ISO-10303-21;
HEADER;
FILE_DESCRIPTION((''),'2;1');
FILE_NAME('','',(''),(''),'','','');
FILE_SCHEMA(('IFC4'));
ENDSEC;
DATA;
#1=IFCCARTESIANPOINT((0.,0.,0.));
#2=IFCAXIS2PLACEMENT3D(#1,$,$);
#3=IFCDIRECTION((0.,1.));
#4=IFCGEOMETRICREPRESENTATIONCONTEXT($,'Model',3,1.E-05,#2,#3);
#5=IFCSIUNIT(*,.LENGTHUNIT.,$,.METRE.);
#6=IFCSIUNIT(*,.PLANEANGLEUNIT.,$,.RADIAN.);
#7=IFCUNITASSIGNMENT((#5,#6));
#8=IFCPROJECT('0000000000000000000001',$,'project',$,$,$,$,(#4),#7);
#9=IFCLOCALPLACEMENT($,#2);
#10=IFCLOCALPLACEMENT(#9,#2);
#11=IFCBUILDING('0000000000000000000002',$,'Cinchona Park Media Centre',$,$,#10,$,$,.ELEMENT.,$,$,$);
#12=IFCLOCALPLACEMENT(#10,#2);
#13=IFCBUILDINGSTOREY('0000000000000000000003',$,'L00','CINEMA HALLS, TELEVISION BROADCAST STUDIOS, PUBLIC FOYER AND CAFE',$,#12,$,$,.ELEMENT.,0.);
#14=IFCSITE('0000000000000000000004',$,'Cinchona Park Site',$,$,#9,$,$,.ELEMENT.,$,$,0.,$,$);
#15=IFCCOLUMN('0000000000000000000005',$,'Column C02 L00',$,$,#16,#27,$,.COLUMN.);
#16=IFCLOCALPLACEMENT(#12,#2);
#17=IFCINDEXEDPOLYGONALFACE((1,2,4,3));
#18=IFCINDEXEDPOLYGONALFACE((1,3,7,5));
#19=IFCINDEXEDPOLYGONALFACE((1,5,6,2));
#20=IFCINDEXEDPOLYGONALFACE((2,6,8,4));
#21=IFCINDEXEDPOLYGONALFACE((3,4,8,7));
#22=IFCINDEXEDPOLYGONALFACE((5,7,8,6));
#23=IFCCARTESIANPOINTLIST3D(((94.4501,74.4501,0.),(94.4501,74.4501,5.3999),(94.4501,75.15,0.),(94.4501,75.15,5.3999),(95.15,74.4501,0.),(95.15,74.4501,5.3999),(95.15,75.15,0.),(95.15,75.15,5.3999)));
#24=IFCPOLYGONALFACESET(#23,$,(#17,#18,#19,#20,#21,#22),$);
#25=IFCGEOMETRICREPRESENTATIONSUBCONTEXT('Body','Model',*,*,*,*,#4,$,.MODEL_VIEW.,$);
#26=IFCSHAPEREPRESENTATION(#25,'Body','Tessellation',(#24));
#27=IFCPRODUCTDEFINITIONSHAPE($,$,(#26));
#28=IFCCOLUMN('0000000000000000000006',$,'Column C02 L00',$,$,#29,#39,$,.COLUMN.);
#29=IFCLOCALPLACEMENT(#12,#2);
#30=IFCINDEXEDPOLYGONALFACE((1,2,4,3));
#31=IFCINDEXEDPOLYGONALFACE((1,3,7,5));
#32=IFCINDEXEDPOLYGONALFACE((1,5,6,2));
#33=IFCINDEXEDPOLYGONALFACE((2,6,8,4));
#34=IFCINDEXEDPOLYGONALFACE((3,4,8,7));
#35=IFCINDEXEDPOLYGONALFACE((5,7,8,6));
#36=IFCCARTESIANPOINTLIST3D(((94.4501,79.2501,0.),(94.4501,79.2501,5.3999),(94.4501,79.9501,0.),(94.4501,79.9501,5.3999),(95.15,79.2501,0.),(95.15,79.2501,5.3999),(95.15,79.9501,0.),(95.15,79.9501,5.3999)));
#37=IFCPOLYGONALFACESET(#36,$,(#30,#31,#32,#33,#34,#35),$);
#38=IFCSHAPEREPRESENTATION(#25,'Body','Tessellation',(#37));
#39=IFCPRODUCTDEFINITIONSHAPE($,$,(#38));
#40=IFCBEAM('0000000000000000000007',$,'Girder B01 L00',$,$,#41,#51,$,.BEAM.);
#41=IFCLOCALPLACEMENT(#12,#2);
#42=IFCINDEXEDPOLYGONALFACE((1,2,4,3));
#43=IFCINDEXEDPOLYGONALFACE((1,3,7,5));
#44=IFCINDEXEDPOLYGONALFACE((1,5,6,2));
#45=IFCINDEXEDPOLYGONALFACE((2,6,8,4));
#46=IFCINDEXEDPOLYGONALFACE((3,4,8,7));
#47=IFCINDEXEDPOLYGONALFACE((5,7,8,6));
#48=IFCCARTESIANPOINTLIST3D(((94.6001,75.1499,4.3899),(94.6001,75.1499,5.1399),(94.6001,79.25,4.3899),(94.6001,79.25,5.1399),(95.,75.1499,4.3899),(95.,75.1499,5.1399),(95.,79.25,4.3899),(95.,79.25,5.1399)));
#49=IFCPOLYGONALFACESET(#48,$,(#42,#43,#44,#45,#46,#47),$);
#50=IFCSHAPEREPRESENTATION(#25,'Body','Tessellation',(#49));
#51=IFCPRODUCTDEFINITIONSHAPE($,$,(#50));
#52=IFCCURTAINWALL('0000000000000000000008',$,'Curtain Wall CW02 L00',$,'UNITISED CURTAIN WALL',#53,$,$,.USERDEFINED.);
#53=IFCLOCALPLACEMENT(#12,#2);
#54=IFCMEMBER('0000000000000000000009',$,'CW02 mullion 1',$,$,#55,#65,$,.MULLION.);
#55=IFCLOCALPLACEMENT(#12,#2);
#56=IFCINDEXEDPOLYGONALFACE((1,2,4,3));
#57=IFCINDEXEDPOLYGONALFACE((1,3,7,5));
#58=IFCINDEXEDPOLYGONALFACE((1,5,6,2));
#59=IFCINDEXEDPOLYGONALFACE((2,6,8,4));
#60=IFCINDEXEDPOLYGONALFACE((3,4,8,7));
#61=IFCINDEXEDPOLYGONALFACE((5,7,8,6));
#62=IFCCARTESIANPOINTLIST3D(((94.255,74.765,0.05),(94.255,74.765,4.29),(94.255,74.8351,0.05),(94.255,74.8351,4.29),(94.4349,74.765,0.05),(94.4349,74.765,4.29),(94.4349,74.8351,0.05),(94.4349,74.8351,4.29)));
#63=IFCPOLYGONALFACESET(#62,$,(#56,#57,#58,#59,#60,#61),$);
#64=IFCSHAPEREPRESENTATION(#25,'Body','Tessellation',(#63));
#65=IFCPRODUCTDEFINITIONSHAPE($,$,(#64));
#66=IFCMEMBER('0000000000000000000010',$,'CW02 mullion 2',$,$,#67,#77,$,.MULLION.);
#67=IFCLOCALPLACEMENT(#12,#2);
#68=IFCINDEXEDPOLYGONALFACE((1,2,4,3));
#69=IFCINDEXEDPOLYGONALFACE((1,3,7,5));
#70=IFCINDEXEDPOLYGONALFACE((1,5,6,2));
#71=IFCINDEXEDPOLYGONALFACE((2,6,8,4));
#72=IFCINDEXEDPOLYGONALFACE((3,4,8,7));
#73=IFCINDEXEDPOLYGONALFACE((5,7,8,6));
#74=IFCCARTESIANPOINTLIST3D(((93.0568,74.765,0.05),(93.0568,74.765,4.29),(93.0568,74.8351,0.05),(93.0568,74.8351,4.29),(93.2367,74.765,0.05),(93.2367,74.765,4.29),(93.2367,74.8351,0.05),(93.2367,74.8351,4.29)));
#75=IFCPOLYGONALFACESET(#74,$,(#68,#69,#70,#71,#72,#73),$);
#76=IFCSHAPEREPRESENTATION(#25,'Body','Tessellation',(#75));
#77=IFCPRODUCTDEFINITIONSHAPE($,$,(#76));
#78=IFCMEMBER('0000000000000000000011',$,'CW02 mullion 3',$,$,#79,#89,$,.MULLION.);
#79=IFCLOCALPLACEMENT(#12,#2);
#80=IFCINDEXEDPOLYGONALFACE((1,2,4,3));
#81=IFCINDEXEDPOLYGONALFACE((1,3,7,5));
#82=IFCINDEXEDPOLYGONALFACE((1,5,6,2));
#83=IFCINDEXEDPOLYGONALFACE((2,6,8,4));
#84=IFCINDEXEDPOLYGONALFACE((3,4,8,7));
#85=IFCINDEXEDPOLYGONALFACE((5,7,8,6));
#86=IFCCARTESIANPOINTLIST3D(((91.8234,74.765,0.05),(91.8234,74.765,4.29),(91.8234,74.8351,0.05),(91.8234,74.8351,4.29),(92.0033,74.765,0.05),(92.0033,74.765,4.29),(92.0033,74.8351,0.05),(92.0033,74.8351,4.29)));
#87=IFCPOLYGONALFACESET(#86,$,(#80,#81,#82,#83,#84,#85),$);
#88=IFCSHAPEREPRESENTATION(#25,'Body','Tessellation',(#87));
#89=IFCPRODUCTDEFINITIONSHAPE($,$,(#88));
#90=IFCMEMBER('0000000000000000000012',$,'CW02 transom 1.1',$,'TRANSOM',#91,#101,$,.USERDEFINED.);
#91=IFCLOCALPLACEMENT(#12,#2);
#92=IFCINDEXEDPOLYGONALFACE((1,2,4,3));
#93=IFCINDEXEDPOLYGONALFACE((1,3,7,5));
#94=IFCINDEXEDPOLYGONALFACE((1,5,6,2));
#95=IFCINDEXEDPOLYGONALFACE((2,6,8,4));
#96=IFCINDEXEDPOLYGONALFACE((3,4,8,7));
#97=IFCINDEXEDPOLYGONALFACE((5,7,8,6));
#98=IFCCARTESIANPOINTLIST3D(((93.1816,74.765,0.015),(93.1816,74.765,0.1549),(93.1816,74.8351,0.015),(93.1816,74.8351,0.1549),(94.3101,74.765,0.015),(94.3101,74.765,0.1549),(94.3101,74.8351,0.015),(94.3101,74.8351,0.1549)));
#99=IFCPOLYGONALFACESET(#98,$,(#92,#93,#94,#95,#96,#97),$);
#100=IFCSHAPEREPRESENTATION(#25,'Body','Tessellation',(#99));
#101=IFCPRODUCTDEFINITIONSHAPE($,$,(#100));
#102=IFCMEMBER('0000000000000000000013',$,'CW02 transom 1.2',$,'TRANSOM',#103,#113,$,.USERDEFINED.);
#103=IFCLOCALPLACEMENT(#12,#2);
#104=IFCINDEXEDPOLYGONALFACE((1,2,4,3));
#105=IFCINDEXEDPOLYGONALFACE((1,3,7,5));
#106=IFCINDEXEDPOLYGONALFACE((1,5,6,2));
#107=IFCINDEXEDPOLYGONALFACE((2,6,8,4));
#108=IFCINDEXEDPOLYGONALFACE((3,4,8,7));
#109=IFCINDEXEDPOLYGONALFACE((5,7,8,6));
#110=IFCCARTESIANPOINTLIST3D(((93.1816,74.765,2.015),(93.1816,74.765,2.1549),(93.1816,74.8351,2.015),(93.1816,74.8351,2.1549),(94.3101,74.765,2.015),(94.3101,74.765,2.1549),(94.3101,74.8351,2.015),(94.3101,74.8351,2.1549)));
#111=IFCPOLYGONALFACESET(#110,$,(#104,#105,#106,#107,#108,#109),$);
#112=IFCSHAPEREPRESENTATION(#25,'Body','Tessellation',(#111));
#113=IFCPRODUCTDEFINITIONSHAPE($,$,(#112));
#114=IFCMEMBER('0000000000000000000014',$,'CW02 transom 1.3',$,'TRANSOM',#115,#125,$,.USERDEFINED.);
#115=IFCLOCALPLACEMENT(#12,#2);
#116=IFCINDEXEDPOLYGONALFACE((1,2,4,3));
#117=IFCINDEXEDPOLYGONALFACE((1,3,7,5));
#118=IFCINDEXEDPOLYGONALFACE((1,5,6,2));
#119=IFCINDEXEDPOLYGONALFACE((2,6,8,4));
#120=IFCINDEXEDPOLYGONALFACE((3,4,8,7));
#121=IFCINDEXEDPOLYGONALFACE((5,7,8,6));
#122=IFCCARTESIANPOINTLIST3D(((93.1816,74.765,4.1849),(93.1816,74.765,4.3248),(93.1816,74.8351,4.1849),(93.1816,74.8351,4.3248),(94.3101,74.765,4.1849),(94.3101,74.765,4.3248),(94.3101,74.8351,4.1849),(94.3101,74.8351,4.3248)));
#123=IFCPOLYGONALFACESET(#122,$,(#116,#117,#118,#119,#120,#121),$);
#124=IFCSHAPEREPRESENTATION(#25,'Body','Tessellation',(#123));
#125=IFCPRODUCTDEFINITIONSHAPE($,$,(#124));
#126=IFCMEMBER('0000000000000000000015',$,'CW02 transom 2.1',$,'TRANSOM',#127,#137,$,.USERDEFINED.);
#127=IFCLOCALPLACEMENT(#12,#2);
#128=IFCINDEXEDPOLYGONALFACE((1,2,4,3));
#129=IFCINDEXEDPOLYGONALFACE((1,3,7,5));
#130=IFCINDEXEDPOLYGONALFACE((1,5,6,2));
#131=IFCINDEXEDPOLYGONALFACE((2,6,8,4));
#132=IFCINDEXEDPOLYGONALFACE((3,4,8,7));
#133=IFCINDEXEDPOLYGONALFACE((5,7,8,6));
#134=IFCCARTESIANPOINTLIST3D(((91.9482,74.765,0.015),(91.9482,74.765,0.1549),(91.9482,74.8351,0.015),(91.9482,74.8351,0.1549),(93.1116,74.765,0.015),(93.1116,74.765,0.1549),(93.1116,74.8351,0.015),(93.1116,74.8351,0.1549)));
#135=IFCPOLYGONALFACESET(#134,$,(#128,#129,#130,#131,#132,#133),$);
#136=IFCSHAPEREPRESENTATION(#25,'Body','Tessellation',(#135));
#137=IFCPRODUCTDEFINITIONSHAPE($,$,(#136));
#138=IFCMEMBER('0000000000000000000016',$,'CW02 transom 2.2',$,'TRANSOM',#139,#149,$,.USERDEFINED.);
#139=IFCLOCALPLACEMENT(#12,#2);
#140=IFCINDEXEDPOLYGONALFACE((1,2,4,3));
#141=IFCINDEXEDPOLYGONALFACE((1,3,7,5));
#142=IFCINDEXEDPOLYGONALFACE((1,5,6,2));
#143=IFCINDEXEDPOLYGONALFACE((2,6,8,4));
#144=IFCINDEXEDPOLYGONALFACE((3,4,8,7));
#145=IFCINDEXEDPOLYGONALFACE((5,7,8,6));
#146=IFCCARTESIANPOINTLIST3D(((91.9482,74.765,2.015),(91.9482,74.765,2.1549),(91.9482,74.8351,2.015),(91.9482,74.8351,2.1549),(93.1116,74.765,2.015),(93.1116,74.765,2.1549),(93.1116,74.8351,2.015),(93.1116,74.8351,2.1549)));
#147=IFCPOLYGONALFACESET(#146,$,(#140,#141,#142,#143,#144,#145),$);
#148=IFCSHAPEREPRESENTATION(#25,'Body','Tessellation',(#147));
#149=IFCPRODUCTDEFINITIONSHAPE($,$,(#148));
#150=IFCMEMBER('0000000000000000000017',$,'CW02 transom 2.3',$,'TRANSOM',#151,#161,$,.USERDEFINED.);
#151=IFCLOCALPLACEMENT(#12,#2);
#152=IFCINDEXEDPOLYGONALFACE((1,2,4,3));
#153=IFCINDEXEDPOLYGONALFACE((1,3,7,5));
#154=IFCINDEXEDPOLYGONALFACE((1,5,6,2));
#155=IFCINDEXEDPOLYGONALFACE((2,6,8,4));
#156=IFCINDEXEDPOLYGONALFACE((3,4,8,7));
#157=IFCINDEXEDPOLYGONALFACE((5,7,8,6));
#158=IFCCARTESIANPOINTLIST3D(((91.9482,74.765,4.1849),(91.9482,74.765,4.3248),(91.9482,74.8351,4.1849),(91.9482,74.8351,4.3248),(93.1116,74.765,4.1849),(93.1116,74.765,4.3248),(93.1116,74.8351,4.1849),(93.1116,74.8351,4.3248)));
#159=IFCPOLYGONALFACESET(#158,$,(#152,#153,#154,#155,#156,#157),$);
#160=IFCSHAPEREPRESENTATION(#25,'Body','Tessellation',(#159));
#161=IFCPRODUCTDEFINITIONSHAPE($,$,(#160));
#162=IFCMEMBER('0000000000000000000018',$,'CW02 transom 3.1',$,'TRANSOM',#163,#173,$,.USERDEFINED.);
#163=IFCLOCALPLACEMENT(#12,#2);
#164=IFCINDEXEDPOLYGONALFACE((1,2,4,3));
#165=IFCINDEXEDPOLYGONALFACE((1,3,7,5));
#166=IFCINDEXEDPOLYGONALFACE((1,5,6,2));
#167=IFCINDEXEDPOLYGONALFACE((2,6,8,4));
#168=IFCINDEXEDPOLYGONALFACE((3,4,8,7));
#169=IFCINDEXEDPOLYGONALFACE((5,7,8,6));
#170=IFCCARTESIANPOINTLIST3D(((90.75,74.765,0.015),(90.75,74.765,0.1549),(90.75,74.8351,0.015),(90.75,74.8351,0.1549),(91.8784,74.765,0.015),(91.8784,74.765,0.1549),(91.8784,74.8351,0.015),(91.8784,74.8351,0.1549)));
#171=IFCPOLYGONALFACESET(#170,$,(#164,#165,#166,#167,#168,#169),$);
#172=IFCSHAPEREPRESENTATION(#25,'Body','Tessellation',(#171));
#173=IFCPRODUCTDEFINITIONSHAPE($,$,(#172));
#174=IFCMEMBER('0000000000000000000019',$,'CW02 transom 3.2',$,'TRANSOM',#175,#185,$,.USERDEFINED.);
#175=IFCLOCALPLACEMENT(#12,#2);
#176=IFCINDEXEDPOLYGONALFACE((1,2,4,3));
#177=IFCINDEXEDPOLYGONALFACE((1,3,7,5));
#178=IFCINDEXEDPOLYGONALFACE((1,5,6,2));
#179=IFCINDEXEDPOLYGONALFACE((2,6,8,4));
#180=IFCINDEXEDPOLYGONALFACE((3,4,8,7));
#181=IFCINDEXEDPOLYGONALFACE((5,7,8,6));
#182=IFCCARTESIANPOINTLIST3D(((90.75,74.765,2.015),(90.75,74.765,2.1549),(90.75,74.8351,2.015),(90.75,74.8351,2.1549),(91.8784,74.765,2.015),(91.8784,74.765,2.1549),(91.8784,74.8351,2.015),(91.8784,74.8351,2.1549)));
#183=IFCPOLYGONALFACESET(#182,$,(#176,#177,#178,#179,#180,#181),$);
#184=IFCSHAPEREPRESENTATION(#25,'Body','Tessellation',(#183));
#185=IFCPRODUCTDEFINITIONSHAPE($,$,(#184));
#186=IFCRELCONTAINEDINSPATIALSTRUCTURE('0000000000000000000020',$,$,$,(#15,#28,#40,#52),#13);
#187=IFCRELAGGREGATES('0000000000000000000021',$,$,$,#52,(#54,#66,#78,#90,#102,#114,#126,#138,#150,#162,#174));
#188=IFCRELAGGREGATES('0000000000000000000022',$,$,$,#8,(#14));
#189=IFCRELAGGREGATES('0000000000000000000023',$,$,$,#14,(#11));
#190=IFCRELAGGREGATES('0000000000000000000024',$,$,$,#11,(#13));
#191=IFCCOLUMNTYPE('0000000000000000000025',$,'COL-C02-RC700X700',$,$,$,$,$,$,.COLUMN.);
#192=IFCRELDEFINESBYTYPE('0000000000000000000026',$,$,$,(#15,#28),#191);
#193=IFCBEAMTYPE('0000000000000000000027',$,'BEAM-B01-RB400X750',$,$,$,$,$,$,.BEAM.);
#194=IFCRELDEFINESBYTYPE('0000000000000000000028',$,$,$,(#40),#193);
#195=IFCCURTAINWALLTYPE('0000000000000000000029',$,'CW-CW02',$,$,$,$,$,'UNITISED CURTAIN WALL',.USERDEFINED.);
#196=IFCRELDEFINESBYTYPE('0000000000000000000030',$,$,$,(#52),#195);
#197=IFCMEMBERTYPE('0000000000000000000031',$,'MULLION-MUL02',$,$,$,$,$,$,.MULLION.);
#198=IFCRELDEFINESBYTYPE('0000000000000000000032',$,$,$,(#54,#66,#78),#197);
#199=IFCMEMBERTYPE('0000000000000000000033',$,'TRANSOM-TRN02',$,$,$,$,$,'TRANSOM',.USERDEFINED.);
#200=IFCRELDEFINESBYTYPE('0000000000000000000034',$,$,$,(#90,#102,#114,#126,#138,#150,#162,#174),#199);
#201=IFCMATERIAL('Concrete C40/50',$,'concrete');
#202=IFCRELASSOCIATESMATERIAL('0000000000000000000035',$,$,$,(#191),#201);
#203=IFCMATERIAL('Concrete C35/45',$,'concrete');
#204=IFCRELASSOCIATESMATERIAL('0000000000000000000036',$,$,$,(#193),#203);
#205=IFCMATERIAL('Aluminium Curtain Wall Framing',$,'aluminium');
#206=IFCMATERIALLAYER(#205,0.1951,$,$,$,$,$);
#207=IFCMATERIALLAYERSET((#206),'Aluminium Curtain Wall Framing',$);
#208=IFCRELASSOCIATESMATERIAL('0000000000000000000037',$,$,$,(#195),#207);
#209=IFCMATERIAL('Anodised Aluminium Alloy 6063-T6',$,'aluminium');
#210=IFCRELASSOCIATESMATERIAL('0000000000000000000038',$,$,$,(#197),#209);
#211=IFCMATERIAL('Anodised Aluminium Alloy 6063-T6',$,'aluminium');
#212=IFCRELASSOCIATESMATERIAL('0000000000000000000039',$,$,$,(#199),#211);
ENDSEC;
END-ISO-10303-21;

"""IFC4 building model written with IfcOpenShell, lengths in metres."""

from ifc_helpers import new_model, si_unit, direction, frame, origin, origin_2d, place, context, subcontext, project, spatial, rectangle, extrude, material, layer, layer_set, material_profile, profile_set, type_object, element, aggregate, save


model = new_model("IFC4")

# Units and contexts
model_context = context("Model", 3, precision=1e-05, world=origin(), true_north=direction((0.0, 1.0)))
body_context = subcontext(model_context, "Body", "Model", "MODEL_VIEW")
ifc_project = project(units=[si_unit("LENGTHUNIT", "METRE"), si_unit("PLANEANGLEUNIT", "RADIAN")], contexts=[model_context])

# Site, building, storey
site_placement = place(None, origin())
site = spatial("IfcSite", under=ifc_project, at=site_placement, Name="Cinchona Park Site", CompositionType="ELEMENT", RefElevation=0.0)
building_placement = place(site_placement, origin())
building = spatial("IfcBuilding", under=site, at=building_placement, Name="Cinchona Park Media Centre", CompositionType="ELEMENT")
storey_placement = place(building_placement, origin())
storey = spatial("IfcBuildingStorey", under=building, at=storey_placement, Name="L00", Description="CINEMA HALLS, TELEVISION BROADCAST STUDIOS, PUBLIC FOYER AND CAFE", CompositionType="ELEMENT", Elevation=0.0)

# Columns
ifc_material_1 = material(Name="Concrete C40/50", Category="concrete")
ifc_material_profile_1 = material_profile(ifc_material_1, rectangle(XDim=0.7, YDim=0.7, at=origin_2d()), Name="RC 700X700")
ifc_profile_set_1 = profile_set([ifc_material_profile_1], Name="Concrete C40/50")
column_type = type_object("IfcColumnType", Name="COL-C02-RC700X700", PredefinedType="COLUMN", material=ifc_profile_set_1)
for number, where, z_axis, x_axis, name in (
    (1, (94.8, 74.8, 0.0), (0.0, 0.0, 1.0), (1.0, 0.0, 0.0), "Column C02 L00"),
    (2, (94.8, 79.6001, 0.0), (0.0, 0.0, 1.0), (1.0, 0.0, 0.0), "Column C02 L00"),
):
    element("IfcColumn", number, at=place(storey_placement, frame(where, z_axis=z_axis, x_axis=x_axis)), inside=storey, type_object=column_type, Name=name, PredefinedType="COLUMN", context=body_context, shape_type="SweptSolid", body=[
        extrude(rectangle(XDim=0.7, YDim=0.7, at=origin_2d()), origin(), (0.0, 0.0, 1.0), 5.3999),
    ])

# Beam
ifc_material_2 = material(Name="Concrete C35/45", Category="concrete")
ifc_material_profile_2 = material_profile(ifc_material_2, rectangle(XDim=0.3999, YDim=0.75, at=origin_2d()), Name="RB 400X750")
ifc_profile_set_2 = profile_set([ifc_material_profile_2], Name="Concrete C35/45")
beam_type = type_object("IfcBeamType", Name="BEAM-B01-RB400X750", PredefinedType="BEAM", material=ifc_profile_set_2)
beam_placement = place(storey_placement, frame((94.8, 75.1499, 4.7649), z_axis=(0.0, 1.0, 0.0), x_axis=(-1.0, 0.0, 0.0)))
element("IfcBeam", 3, at=beam_placement, inside=storey, type_object=beam_type, Name="Girder B01 L00", PredefinedType="BEAM", context=body_context, shape_type="SweptSolid", body=[
    extrude(rectangle(XDim=0.3999, YDim=0.75, at=origin_2d()), origin(), (0.0, 0.0, 1.0), 4.1001),
])

# Curtain wall, members
ifc_material_3 = material(Name="Aluminium Curtain Wall Framing", Category="aluminium")
ifc_layer_1 = layer(ifc_material_3, 0.1951)
ifc_layer_set_1 = layer_set([ifc_layer_1], Name="Aluminium Curtain Wall Framing")
curtain_wall_type = type_object("IfcCurtainWallType", Name="CW-CW02", ElementType="UNITISED CURTAIN WALL", PredefinedType="USERDEFINED", material=ifc_layer_set_1)
curtain_wall_placement = place(storey_placement, origin())
curtain_wall = element("IfcCurtainWall", 4, at=curtain_wall_placement, inside=storey, type_object=curtain_wall_type, Name="Curtain Wall CW02 L00", ObjectType="UNITISED CURTAIN WALL", PredefinedType="USERDEFINED")
ifc_material_4 = material(Name="Anodised Aluminium Alloy 6063-T6", Category="aluminium")
ifc_material_profile_3 = material_profile(ifc_material_4, rectangle(XDim=0.0701, YDim=0.1799, at=origin_2d()), Name="MUL-70X180")
ifc_profile_set_3 = profile_set([ifc_material_profile_3], Name="Anodised Aluminium Alloy 6063-T6")
member_type_1 = type_object("IfcMemberType", Name="MULLION-MUL02", PredefinedType="MULLION", material=ifc_profile_set_3)
member_1_placement = place(storey_placement, frame((94.345, 74.8, 0.05), z_axis=(0.0, 0.0, 1.0), x_axis=(0.0, -1.0, 0.0)))
member_1 = element("IfcMember", 5, at=member_1_placement, type_object=member_type_1, Name="CW02 mullion 1", PredefinedType="MULLION", context=body_context, shape_type="SweptSolid", body=[
    extrude(rectangle(XDim=0.0701, YDim=0.1799, at=origin_2d()), origin(), (0.0, 0.0, 1.0), 4.24),
])
member_2_placement = place(storey_placement, frame((93.1467, 74.8, 0.05), z_axis=(0.0, 0.0, 1.0), x_axis=(0.0, -1.0, 0.0)))
member_2 = element("IfcMember", 6, at=member_2_placement, type_object=member_type_1, Name="CW02 mullion 2", PredefinedType="MULLION", context=body_context, shape_type="SweptSolid", body=[
    extrude(rectangle(XDim=0.0701, YDim=0.1799, at=origin_2d()), origin(), (0.0, 0.0, 1.0), 4.24),
])
member_3_placement = place(storey_placement, frame((91.9133, 74.8, 0.05), z_axis=(0.0, 0.0, 1.0), x_axis=(0.0, -1.0, 0.0)))
member_3 = element("IfcMember", 7, at=member_3_placement, type_object=member_type_1, Name="CW02 mullion 3", PredefinedType="MULLION", context=body_context, shape_type="SweptSolid", body=[
    extrude(rectangle(XDim=0.0701, YDim=0.1799, at=origin_2d()), origin(), (0.0, 0.0, 1.0), 4.24),
])
ifc_material_5 = material(Name="Anodised Aluminium Alloy 6063-T6", Category="aluminium")
ifc_material_profile_4 = material_profile(ifc_material_5, rectangle(XDim=0.0701, YDim=0.1399, at=origin_2d()), Name="TRN-70X140")
ifc_profile_set_4 = profile_set([ifc_material_profile_4], Name="Anodised Aluminium Alloy 6063-T6")
member_type_2 = type_object("IfcMemberType", Name="TRANSOM-TRN02", ElementType="TRANSOM", PredefinedType="USERDEFINED", material=ifc_profile_set_4)
member_4_placement = place(storey_placement, frame((94.3101, 74.8, 0.085), z_axis=(-1.0, 0.0, 0.0), x_axis=(0.0, -1.0, 0.0)))
member_4 = element("IfcMember", 8, at=member_4_placement, type_object=member_type_2, Name="CW02 transom 1.1", ObjectType="TRANSOM", PredefinedType="USERDEFINED", context=body_context, shape_type="SweptSolid", body=[
    extrude(rectangle(XDim=0.0701, YDim=0.1399, at=origin_2d()), origin(), (0.0, 0.0, 1.0), 1.1284),
])
member_5_placement = place(storey_placement, frame((94.3101, 74.8, 2.085), z_axis=(-1.0, 0.0, 0.0), x_axis=(0.0, -1.0, 0.0)))
member_5 = element("IfcMember", 9, at=member_5_placement, type_object=member_type_2, Name="CW02 transom 1.2", ObjectType="TRANSOM", PredefinedType="USERDEFINED", context=body_context, shape_type="SweptSolid", body=[
    extrude(rectangle(XDim=0.0701, YDim=0.1399, at=origin_2d()), origin(), (0.0, 0.0, 1.0), 1.1284),
])
member_6_placement = place(storey_placement, frame((94.3101, 74.8, 4.2549), z_axis=(-1.0, 0.0, 0.0), x_axis=(0.0, -1.0, 0.0)))
member_6 = element("IfcMember", 10, at=member_6_placement, type_object=member_type_2, Name="CW02 transom 1.3", ObjectType="TRANSOM", PredefinedType="USERDEFINED", context=body_context, shape_type="SweptSolid", body=[
    extrude(rectangle(XDim=0.0701, YDim=0.1399, at=origin_2d()), origin(), (0.0, 0.0, 1.0), 1.1284),
])
member_7_placement = place(storey_placement, frame((93.1116, 74.8, 0.085), z_axis=(-1.0, 0.0, 0.0), x_axis=(0.0, -1.0, 0.0)))
member_7 = element("IfcMember", 11, at=member_7_placement, type_object=member_type_2, Name="CW02 transom 2.1", ObjectType="TRANSOM", PredefinedType="USERDEFINED", context=body_context, shape_type="SweptSolid", body=[
    extrude(rectangle(XDim=0.0701, YDim=0.1399, at=origin_2d()), origin(), (0.0, 0.0, 1.0), 1.1633),
])
member_8_placement = place(storey_placement, frame((93.1116, 74.8, 2.085), z_axis=(-1.0, 0.0, 0.0), x_axis=(0.0, -1.0, 0.0)))
member_8 = element("IfcMember", 12, at=member_8_placement, type_object=member_type_2, Name="CW02 transom 2.2", ObjectType="TRANSOM", PredefinedType="USERDEFINED", context=body_context, shape_type="SweptSolid", body=[
    extrude(rectangle(XDim=0.0701, YDim=0.1399, at=origin_2d()), origin(), (0.0, 0.0, 1.0), 1.1633),
])
member_9_placement = place(storey_placement, frame((93.1116, 74.8, 4.2549), z_axis=(-1.0, 0.0, 0.0), x_axis=(0.0, -1.0, 0.0)))
member_9 = element("IfcMember", 13, at=member_9_placement, type_object=member_type_2, Name="CW02 transom 2.3", ObjectType="TRANSOM", PredefinedType="USERDEFINED", context=body_context, shape_type="SweptSolid", body=[
    extrude(rectangle(XDim=0.0701, YDim=0.1399, at=origin_2d()), origin(), (0.0, 0.0, 1.0), 1.1633),
])
member_10_placement = place(storey_placement, frame((91.8784, 74.8, 0.085), z_axis=(-1.0, 0.0, 0.0), x_axis=(0.0, -1.0, 0.0)))
member_10 = element("IfcMember", 14, at=member_10_placement, type_object=member_type_2, Name="CW02 transom 3.1", ObjectType="TRANSOM", PredefinedType="USERDEFINED", context=body_context, shape_type="SweptSolid", body=[
    extrude(rectangle(XDim=0.0701, YDim=0.1399, at=origin_2d()), origin(), (0.0, 0.0, 1.0), 1.1284),
])
member_11_placement = place(storey_placement, frame((91.8784, 74.8, 2.085), z_axis=(-1.0, 0.0, 0.0), x_axis=(0.0, -1.0, 0.0)))
member_11 = element("IfcMember", 15, at=member_11_placement, type_object=member_type_2, Name="CW02 transom 3.2", ObjectType="TRANSOM", PredefinedType="USERDEFINED", context=body_context, shape_type="SweptSolid", body=[
    extrude(rectangle(XDim=0.0701, YDim=0.1399, at=origin_2d()), origin(), (0.0, 0.0, 1.0), 1.1284),
])
aggregate(curtain_wall, [member_1, member_2, member_3, member_4, member_5, member_6, member_7, member_8, member_9, member_10, member_11])

save(model, "model.ifc")
